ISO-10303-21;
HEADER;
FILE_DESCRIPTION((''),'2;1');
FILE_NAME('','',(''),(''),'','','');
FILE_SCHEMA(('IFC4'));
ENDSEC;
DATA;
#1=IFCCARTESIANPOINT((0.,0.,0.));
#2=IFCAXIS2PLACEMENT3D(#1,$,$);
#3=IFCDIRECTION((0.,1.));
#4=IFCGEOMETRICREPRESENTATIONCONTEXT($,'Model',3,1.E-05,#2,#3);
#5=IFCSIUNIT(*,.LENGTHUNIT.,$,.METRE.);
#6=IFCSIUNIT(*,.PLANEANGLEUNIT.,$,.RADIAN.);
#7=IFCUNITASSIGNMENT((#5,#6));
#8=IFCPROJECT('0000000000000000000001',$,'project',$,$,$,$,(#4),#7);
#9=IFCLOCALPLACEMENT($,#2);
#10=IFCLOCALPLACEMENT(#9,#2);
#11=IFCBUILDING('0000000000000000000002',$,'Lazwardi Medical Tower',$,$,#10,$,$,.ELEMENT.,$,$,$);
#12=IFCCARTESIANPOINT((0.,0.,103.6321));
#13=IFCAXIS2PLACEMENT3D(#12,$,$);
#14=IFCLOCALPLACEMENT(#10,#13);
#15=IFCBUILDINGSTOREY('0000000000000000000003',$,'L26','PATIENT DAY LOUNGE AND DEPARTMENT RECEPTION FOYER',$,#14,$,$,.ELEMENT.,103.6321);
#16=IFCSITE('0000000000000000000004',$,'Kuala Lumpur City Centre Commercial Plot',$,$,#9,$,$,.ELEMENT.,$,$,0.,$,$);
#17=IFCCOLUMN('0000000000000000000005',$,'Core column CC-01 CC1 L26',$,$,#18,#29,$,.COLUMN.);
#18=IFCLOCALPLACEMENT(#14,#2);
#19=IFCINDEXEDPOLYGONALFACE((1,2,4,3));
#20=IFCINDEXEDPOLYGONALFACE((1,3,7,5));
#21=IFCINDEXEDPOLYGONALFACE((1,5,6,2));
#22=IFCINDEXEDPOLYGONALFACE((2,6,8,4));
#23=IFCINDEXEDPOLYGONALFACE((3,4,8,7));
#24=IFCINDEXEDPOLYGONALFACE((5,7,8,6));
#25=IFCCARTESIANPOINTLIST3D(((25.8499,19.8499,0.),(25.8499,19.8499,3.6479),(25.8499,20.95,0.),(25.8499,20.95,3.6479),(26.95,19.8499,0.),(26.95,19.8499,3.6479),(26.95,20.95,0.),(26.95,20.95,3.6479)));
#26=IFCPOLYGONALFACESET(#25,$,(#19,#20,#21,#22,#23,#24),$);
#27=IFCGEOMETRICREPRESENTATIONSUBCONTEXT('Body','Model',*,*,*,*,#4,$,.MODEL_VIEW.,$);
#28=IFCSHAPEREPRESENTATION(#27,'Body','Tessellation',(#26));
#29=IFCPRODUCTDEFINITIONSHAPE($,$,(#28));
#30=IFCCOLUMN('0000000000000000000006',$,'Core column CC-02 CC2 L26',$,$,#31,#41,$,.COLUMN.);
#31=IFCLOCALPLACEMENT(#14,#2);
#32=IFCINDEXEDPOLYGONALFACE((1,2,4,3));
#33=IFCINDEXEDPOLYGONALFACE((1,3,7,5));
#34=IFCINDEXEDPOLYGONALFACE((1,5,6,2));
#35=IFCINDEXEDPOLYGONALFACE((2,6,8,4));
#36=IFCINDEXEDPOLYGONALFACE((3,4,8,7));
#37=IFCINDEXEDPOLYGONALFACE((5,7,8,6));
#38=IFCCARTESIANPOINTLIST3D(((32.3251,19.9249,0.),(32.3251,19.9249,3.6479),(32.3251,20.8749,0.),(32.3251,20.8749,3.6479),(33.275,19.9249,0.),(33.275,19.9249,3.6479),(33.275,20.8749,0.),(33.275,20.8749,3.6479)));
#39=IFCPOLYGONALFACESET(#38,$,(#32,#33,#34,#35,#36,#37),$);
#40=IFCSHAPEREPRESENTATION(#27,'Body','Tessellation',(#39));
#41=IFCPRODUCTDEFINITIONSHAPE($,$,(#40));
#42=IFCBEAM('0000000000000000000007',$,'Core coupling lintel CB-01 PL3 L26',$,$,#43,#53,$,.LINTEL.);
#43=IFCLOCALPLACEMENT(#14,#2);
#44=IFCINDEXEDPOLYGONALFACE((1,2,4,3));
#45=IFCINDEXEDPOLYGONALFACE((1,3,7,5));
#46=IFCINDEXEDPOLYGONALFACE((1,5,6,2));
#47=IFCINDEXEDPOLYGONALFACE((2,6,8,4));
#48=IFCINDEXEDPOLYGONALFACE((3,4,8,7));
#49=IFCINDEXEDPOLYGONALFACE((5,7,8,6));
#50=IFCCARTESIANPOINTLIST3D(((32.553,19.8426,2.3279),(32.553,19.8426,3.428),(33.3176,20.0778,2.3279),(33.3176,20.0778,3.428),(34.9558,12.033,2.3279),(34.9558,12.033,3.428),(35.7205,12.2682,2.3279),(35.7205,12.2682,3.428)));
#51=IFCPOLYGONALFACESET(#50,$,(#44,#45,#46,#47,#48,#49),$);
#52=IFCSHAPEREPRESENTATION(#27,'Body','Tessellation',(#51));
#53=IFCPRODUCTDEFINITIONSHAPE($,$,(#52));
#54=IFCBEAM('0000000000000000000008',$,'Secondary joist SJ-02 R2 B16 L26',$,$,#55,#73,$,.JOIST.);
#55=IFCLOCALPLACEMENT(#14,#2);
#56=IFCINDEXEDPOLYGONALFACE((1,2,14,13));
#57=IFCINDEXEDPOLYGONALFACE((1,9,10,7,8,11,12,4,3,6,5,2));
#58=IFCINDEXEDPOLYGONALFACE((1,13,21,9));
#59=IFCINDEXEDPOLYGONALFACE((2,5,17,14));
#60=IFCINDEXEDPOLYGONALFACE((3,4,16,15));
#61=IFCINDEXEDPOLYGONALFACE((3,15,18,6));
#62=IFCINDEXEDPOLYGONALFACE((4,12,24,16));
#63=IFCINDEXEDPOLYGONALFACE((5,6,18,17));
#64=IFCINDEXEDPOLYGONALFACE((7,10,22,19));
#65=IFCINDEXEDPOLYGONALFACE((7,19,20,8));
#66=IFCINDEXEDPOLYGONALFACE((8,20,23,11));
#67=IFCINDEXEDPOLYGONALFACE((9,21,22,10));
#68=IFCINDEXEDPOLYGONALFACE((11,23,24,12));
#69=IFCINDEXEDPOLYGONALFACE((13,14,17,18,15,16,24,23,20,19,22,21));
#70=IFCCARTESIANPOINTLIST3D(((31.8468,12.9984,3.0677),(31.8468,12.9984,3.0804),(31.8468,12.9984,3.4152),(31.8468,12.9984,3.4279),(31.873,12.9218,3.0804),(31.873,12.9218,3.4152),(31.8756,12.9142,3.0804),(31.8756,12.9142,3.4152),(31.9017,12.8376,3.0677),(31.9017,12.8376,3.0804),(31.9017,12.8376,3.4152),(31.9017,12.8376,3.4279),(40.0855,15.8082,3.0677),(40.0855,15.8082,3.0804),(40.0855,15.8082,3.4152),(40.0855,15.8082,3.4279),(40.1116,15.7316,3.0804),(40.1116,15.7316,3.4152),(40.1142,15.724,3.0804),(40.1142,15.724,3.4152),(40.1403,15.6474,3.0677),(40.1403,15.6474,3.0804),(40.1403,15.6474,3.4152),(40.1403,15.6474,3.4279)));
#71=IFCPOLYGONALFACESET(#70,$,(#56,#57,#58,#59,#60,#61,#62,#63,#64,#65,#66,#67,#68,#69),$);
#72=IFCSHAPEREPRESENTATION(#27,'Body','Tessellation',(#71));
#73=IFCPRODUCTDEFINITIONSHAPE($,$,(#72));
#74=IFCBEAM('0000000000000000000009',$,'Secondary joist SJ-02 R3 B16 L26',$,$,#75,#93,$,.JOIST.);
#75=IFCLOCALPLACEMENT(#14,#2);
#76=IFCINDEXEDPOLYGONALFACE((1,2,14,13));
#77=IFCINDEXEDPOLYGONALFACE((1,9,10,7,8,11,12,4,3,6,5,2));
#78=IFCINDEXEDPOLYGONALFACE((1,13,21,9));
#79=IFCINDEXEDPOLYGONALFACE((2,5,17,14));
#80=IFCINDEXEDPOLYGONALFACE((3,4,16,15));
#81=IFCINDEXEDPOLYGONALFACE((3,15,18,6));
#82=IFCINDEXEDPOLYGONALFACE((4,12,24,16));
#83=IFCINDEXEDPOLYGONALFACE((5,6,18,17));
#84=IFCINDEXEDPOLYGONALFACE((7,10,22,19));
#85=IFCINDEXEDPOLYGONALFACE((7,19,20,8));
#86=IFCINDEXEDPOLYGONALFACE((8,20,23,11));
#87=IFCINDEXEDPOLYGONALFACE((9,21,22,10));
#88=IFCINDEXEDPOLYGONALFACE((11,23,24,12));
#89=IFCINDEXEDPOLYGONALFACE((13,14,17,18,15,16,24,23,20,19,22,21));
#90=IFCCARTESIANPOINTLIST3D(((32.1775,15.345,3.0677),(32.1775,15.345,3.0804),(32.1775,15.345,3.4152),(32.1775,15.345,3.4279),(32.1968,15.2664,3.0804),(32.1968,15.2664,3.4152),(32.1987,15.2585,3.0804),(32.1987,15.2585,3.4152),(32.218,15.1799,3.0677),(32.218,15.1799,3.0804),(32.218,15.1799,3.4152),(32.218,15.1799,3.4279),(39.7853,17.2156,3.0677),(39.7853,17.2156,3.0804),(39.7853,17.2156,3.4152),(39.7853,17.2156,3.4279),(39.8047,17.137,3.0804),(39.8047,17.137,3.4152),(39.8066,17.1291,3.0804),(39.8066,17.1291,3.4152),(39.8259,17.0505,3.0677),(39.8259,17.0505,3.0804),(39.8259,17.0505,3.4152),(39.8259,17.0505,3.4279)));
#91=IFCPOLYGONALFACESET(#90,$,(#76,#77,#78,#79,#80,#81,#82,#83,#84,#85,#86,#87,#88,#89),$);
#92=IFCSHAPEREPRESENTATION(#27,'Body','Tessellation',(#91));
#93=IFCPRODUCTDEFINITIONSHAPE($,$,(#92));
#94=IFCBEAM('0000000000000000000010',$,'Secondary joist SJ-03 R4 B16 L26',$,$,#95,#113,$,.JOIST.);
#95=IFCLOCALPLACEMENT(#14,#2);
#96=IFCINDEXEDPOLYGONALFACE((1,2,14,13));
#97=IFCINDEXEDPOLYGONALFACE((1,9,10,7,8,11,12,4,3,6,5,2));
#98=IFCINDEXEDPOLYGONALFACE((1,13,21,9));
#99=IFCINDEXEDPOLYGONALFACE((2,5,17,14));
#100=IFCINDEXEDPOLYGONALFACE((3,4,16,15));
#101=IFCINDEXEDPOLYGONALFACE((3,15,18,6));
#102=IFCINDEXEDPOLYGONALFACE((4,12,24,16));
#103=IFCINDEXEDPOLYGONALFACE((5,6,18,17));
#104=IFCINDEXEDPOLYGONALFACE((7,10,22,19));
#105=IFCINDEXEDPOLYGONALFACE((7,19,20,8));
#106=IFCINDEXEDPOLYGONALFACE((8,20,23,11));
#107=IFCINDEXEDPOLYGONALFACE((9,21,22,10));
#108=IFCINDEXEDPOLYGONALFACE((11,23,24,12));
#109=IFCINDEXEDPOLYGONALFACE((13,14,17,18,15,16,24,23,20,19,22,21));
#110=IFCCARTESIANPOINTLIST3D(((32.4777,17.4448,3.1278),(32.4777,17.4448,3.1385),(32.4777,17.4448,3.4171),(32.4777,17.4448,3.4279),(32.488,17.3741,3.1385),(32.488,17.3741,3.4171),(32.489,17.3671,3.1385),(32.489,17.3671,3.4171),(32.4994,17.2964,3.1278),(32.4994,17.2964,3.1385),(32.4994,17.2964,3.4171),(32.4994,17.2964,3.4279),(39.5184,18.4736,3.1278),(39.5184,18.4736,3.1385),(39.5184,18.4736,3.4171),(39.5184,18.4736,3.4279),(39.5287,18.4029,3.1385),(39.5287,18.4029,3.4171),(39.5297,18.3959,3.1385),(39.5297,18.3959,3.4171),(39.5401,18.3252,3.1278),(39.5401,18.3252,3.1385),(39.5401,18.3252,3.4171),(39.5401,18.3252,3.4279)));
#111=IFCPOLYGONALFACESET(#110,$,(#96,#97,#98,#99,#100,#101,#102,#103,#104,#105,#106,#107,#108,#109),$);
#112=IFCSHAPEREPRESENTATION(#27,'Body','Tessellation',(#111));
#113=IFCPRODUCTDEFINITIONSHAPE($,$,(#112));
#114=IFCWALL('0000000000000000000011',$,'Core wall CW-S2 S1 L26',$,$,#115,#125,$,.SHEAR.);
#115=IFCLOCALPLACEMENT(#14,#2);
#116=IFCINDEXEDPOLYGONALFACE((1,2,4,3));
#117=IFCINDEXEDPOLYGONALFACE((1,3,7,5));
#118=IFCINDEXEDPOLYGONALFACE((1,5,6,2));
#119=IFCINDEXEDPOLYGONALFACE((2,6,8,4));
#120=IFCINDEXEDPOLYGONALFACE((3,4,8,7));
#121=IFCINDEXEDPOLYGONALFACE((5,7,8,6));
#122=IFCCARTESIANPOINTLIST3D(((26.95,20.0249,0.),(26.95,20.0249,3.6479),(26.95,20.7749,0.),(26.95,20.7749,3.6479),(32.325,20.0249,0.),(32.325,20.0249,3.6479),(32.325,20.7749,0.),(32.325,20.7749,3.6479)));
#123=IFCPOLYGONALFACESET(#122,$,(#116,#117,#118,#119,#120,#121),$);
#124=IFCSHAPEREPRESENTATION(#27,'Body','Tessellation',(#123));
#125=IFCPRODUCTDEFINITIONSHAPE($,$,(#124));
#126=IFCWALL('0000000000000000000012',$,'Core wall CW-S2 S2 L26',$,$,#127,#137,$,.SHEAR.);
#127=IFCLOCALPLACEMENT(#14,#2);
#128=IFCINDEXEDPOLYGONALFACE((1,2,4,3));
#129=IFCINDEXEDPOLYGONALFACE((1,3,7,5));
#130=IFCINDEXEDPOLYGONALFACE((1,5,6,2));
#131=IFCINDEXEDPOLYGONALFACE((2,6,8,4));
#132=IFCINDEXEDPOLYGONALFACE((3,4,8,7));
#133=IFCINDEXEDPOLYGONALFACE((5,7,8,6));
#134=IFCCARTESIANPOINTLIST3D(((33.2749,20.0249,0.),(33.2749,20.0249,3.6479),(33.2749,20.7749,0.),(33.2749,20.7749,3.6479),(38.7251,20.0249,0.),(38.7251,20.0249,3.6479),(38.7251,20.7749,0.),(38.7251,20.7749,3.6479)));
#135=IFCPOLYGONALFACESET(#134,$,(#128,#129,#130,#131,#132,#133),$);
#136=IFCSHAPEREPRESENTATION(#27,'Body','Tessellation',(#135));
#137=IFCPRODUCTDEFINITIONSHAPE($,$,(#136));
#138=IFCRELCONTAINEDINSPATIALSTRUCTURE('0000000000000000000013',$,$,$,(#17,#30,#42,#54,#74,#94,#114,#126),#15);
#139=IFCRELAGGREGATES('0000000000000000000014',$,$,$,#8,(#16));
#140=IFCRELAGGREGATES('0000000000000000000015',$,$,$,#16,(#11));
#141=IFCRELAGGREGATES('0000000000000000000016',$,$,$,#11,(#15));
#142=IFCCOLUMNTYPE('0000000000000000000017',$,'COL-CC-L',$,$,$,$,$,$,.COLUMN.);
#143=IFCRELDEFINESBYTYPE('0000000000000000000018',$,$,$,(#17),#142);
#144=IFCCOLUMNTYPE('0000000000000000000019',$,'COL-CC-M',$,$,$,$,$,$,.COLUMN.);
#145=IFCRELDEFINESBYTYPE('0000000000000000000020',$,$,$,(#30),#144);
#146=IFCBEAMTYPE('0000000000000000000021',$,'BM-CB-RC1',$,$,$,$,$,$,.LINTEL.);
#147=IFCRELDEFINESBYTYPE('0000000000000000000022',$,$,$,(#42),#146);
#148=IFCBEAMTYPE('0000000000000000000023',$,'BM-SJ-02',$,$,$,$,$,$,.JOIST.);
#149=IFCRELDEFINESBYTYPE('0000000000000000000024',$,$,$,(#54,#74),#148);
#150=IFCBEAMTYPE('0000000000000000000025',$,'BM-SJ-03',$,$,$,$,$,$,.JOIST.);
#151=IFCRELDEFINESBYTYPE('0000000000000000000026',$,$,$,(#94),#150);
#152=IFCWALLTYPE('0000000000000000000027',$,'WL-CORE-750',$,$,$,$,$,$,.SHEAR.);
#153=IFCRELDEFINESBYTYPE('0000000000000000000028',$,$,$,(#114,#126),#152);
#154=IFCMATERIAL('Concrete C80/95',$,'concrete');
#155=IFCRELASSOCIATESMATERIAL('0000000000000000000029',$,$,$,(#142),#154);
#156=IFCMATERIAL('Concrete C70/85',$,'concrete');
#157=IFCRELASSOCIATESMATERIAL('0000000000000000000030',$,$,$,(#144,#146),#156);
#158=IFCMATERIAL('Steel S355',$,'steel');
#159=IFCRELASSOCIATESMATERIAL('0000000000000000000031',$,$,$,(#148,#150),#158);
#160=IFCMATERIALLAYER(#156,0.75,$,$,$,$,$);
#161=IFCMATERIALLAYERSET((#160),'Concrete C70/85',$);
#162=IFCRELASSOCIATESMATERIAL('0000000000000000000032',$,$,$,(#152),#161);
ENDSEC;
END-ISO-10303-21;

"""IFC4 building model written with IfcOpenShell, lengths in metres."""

from ifc_helpers import new_model, si_unit, direction, frame, frame_2d, origin, origin_2d, place, context, subcontext, project, spatial, rectangle, i_section, extrude, material, layer, layer_set, material_profile, profile_set, type_object, element, save


model = new_model("IFC4")

# Units and contexts
model_context = context("Model", 3, precision=1e-05, world=origin(), true_north=direction((0.0, 1.0)))
body_context = subcontext(model_context, "Body", "Model", "MODEL_VIEW")
ifc_project = project(units=[si_unit("LENGTHUNIT", "METRE"), si_unit("PLANEANGLEUNIT", "RADIAN")], contexts=[model_context])

# Site, building, storey
site_placement = place(None, origin())
site = spatial("IfcSite", under=ifc_project, at=site_placement, Name="Kuala Lumpur City Centre Commercial Plot", CompositionType="ELEMENT", RefElevation=0.0)
building_placement = place(site_placement, origin())
building = spatial("IfcBuilding", under=site, at=building_placement, Name="Lazwardi Medical Tower", CompositionType="ELEMENT")
storey_placement = place(building_placement, frame((0.0, 0.0, 103.6321)))
storey = spatial("IfcBuildingStorey", under=building, at=storey_placement, Name="L26", Description="PATIENT DAY LOUNGE AND DEPARTMENT RECEPTION FOYER", CompositionType="ELEMENT", Elevation=103.6321)

# Columns
ifc_material_1 = material(Name="Concrete C80/95", Category="concrete")
ifc_material_profile_1 = material_profile(ifc_material_1, rectangle(XDim=1.1001, YDim=1.1001, at=origin_2d()), Name="RC 1100x1100")
ifc_profile_set_1 = profile_set([ifc_material_profile_1], Name="Concrete C80/95")
column_type_1 = type_object("IfcColumnType", Name="COL-CC-L", PredefinedType="COLUMN", material=ifc_profile_set_1)
column_1_placement = place(storey_placement, frame((26.3999, 20.3999, 0.0), z_axis=(0.0, 0.0, 1.0), x_axis=(1.0, 0.0, 0.0)))
element("IfcColumn", 1, at=column_1_placement, inside=storey, type_object=column_type_1, Name="Core column CC-01 CC1 L26", PredefinedType="COLUMN", context=body_context, shape_type="SweptSolid", body=[
    extrude(rectangle(XDim=1.1001, YDim=1.1001, at=origin_2d()), origin(), (0.0, 0.0, 1.0), 3.6479),
])
ifc_material_2 = material(Name="Concrete C70/85", Category="concrete")
ifc_material_profile_2 = material_profile(ifc_material_2, rectangle(XDim=0.95, YDim=0.95, at=origin_2d()), Name="RC 950x950")
ifc_profile_set_2 = profile_set([ifc_material_profile_2], Name="Concrete C70/85")
column_type_2 = type_object("IfcColumnType", Name="COL-CC-M", PredefinedType="COLUMN", material=ifc_profile_set_2)
column_2_placement = place(storey_placement, frame((32.8, 20.3999, 0.0), z_axis=(0.0, 0.0, 1.0), x_axis=(1.0, 0.0, 0.0)))
element("IfcColumn", 2, at=column_2_placement, inside=storey, type_object=column_type_2, Name="Core column CC-02 CC2 L26", PredefinedType="COLUMN", context=body_context, shape_type="SweptSolid", body=[
    extrude(rectangle(XDim=0.95, YDim=0.95, at=origin_2d()), origin(), (0.0, 0.0, 1.0), 3.6479),
])

# Beams
ifc_material_profile_3 = material_profile(ifc_material_2, rectangle(XDim=0.8, YDim=1.1001, at=origin_2d()), Name="RC 800x1100")
ifc_profile_set_3 = profile_set([ifc_material_profile_3], Name="Concrete C70/85")
beam_type_1 = type_object("IfcBeamType", Name="BM-CB-RC1", PredefinedType="LINTEL", material=ifc_profile_set_3)
beam_1_placement = place(storey_placement, frame((32.9353, 19.9602, 2.8779), z_axis=(0.294073, -0.955783, 0.0), x_axis=(0.955783, 0.294073, 0.0)))
element("IfcBeam", 3, at=beam_1_placement, inside=storey, type_object=beam_type_1, Name="Core coupling lintel CB-01 PL3 L26", PredefinedType="LINTEL", context=body_context, shape_type="SweptSolid", body=[
    extrude(rectangle(XDim=0.8, YDim=1.1001, at=origin_2d()), origin(), (0.0, 0.0, 1.0), 8.1709),
])
ifc_material_3 = material(Name="Steel S355", Category="steel")
ifc_material_profile_4 = material_profile(ifc_material_3, i_section(OverallWidth=0.1699, OverallDepth=0.3601, WebThickness=0.0081, FlangeThickness=0.0127, at=origin_2d()), Name="IPE 360")
ifc_profile_set_4 = profile_set([ifc_material_profile_4], Name="Steel S355")
beam_type_2 = type_object("IfcBeamType", Name="BM-SJ-02", PredefinedType="JOIST", material=ifc_profile_set_4)
beam_2_placement = place(storey_placement, frame((31.8743, 12.918, 3.2478), z_axis=(0.946467, 0.3228, 0.0), x_axis=(-0.3228, 0.946467, 0.0)))
element("IfcBeam", 4, at=beam_2_placement, inside=storey, type_object=beam_type_2, Name="Secondary joist SJ-02 R2 B16 L26", PredefinedType="JOIST", context=body_context, shape_type="SweptSolid", body=[
    extrude(i_section(OverallWidth=0.1699, OverallDepth=0.3601, WebThickness=0.0081, FlangeThickness=0.0127, at=origin_2d()), origin(), (0.0, 0.0, 1.0), 8.7046),
])
beam_3_placement = place(storey_placement, frame((32.1978, 15.2625, 3.2478), z_axis=(0.971077, 0.238765, 0.0), x_axis=(-0.238765, 0.971077, 0.0)))
element("IfcBeam", 5, at=beam_3_placement, inside=storey, type_object=beam_type_2, Name="Secondary joist SJ-02 R3 B16 L26", PredefinedType="JOIST", context=body_context, shape_type="SweptSolid", body=[
    extrude(i_section(OverallWidth=0.1699, OverallDepth=0.3601, WebThickness=0.0081, FlangeThickness=0.0127, at=origin_2d()), origin(), (0.0, 0.0, 1.0), 7.8345),
])
ifc_material_profile_5 = material_profile(ifc_material_3, i_section(OverallWidth=0.1499, OverallDepth=0.3, WebThickness=0.0071, FlangeThickness=0.0107, at=origin_2d()), Name="IPE 300")
ifc_profile_set_5 = profile_set([ifc_material_profile_5], Name="Steel S355")
beam_type_3 = type_object("IfcBeamType", Name="BM-SJ-03", PredefinedType="JOIST", material=ifc_profile_set_5)
beam_4_placement = place(storey_placement, frame((32.4885, 17.3706, 3.2778), z_axis=(0.989492, 0.144586, 0.0), x_axis=(-0.144586, 0.989492, 0.0)))
element("IfcBeam", 6, at=beam_4_placement, inside=storey, type_object=beam_type_3, Name="Secondary joist SJ-03 R4 B16 L26", PredefinedType="JOIST", context=body_context, shape_type="SweptSolid", body=[
    extrude(i_section(OverallWidth=0.1499, OverallDepth=0.3, WebThickness=0.0071, FlangeThickness=0.0107, at=origin_2d()), origin(), (0.0, 0.0, 1.0), 7.1155),
])

# Walls
ifc_layer_1 = layer(ifc_material_2, 0.75)
ifc_layer_set_1 = layer_set([ifc_layer_1], Name="Concrete C70/85")
wall_type_1 = type_object("IfcWallType", Name="WL-CORE-750", PredefinedType="SHEAR", material=ifc_layer_set_1)
wall_1_placement = place(storey_placement, frame((26.95, 20.3999, 0.0), z_axis=(0.0, 0.0, 1.0), x_axis=(1.0, 0.0, 0.0)))
element("IfcWall", 7, at=wall_1_placement, inside=storey, type_object=wall_type_1, Name="Core wall CW-S2 S1 L26", PredefinedType="SHEAR", context=body_context, shape_type="SweptSolid", body=[
    extrude(rectangle(XDim=5.375, YDim=0.75, at=frame_2d((2.6875, 0.0))), origin(), (0.0, 0.0, 1.0), 3.6479),
])
wall_2_placement = place(storey_placement, frame((33.2749, 20.3999, 0.0), z_axis=(0.0, 0.0, 1.0), x_axis=(1.0, 0.0, 0.0)))
element("IfcWall", 8, at=wall_2_placement, inside=storey, type_object=wall_type_1, Name="Core wall CW-S2 S2 L26", PredefinedType="SHEAR", context=body_context, shape_type="SweptSolid", body=[
    extrude(rectangle(XDim=5.4502, YDim=0.75, at=frame_2d((2.7251, 0.0))), origin(), (0.0, 0.0, 1.0), 3.6479),
])

save(model, "model.ifc")
